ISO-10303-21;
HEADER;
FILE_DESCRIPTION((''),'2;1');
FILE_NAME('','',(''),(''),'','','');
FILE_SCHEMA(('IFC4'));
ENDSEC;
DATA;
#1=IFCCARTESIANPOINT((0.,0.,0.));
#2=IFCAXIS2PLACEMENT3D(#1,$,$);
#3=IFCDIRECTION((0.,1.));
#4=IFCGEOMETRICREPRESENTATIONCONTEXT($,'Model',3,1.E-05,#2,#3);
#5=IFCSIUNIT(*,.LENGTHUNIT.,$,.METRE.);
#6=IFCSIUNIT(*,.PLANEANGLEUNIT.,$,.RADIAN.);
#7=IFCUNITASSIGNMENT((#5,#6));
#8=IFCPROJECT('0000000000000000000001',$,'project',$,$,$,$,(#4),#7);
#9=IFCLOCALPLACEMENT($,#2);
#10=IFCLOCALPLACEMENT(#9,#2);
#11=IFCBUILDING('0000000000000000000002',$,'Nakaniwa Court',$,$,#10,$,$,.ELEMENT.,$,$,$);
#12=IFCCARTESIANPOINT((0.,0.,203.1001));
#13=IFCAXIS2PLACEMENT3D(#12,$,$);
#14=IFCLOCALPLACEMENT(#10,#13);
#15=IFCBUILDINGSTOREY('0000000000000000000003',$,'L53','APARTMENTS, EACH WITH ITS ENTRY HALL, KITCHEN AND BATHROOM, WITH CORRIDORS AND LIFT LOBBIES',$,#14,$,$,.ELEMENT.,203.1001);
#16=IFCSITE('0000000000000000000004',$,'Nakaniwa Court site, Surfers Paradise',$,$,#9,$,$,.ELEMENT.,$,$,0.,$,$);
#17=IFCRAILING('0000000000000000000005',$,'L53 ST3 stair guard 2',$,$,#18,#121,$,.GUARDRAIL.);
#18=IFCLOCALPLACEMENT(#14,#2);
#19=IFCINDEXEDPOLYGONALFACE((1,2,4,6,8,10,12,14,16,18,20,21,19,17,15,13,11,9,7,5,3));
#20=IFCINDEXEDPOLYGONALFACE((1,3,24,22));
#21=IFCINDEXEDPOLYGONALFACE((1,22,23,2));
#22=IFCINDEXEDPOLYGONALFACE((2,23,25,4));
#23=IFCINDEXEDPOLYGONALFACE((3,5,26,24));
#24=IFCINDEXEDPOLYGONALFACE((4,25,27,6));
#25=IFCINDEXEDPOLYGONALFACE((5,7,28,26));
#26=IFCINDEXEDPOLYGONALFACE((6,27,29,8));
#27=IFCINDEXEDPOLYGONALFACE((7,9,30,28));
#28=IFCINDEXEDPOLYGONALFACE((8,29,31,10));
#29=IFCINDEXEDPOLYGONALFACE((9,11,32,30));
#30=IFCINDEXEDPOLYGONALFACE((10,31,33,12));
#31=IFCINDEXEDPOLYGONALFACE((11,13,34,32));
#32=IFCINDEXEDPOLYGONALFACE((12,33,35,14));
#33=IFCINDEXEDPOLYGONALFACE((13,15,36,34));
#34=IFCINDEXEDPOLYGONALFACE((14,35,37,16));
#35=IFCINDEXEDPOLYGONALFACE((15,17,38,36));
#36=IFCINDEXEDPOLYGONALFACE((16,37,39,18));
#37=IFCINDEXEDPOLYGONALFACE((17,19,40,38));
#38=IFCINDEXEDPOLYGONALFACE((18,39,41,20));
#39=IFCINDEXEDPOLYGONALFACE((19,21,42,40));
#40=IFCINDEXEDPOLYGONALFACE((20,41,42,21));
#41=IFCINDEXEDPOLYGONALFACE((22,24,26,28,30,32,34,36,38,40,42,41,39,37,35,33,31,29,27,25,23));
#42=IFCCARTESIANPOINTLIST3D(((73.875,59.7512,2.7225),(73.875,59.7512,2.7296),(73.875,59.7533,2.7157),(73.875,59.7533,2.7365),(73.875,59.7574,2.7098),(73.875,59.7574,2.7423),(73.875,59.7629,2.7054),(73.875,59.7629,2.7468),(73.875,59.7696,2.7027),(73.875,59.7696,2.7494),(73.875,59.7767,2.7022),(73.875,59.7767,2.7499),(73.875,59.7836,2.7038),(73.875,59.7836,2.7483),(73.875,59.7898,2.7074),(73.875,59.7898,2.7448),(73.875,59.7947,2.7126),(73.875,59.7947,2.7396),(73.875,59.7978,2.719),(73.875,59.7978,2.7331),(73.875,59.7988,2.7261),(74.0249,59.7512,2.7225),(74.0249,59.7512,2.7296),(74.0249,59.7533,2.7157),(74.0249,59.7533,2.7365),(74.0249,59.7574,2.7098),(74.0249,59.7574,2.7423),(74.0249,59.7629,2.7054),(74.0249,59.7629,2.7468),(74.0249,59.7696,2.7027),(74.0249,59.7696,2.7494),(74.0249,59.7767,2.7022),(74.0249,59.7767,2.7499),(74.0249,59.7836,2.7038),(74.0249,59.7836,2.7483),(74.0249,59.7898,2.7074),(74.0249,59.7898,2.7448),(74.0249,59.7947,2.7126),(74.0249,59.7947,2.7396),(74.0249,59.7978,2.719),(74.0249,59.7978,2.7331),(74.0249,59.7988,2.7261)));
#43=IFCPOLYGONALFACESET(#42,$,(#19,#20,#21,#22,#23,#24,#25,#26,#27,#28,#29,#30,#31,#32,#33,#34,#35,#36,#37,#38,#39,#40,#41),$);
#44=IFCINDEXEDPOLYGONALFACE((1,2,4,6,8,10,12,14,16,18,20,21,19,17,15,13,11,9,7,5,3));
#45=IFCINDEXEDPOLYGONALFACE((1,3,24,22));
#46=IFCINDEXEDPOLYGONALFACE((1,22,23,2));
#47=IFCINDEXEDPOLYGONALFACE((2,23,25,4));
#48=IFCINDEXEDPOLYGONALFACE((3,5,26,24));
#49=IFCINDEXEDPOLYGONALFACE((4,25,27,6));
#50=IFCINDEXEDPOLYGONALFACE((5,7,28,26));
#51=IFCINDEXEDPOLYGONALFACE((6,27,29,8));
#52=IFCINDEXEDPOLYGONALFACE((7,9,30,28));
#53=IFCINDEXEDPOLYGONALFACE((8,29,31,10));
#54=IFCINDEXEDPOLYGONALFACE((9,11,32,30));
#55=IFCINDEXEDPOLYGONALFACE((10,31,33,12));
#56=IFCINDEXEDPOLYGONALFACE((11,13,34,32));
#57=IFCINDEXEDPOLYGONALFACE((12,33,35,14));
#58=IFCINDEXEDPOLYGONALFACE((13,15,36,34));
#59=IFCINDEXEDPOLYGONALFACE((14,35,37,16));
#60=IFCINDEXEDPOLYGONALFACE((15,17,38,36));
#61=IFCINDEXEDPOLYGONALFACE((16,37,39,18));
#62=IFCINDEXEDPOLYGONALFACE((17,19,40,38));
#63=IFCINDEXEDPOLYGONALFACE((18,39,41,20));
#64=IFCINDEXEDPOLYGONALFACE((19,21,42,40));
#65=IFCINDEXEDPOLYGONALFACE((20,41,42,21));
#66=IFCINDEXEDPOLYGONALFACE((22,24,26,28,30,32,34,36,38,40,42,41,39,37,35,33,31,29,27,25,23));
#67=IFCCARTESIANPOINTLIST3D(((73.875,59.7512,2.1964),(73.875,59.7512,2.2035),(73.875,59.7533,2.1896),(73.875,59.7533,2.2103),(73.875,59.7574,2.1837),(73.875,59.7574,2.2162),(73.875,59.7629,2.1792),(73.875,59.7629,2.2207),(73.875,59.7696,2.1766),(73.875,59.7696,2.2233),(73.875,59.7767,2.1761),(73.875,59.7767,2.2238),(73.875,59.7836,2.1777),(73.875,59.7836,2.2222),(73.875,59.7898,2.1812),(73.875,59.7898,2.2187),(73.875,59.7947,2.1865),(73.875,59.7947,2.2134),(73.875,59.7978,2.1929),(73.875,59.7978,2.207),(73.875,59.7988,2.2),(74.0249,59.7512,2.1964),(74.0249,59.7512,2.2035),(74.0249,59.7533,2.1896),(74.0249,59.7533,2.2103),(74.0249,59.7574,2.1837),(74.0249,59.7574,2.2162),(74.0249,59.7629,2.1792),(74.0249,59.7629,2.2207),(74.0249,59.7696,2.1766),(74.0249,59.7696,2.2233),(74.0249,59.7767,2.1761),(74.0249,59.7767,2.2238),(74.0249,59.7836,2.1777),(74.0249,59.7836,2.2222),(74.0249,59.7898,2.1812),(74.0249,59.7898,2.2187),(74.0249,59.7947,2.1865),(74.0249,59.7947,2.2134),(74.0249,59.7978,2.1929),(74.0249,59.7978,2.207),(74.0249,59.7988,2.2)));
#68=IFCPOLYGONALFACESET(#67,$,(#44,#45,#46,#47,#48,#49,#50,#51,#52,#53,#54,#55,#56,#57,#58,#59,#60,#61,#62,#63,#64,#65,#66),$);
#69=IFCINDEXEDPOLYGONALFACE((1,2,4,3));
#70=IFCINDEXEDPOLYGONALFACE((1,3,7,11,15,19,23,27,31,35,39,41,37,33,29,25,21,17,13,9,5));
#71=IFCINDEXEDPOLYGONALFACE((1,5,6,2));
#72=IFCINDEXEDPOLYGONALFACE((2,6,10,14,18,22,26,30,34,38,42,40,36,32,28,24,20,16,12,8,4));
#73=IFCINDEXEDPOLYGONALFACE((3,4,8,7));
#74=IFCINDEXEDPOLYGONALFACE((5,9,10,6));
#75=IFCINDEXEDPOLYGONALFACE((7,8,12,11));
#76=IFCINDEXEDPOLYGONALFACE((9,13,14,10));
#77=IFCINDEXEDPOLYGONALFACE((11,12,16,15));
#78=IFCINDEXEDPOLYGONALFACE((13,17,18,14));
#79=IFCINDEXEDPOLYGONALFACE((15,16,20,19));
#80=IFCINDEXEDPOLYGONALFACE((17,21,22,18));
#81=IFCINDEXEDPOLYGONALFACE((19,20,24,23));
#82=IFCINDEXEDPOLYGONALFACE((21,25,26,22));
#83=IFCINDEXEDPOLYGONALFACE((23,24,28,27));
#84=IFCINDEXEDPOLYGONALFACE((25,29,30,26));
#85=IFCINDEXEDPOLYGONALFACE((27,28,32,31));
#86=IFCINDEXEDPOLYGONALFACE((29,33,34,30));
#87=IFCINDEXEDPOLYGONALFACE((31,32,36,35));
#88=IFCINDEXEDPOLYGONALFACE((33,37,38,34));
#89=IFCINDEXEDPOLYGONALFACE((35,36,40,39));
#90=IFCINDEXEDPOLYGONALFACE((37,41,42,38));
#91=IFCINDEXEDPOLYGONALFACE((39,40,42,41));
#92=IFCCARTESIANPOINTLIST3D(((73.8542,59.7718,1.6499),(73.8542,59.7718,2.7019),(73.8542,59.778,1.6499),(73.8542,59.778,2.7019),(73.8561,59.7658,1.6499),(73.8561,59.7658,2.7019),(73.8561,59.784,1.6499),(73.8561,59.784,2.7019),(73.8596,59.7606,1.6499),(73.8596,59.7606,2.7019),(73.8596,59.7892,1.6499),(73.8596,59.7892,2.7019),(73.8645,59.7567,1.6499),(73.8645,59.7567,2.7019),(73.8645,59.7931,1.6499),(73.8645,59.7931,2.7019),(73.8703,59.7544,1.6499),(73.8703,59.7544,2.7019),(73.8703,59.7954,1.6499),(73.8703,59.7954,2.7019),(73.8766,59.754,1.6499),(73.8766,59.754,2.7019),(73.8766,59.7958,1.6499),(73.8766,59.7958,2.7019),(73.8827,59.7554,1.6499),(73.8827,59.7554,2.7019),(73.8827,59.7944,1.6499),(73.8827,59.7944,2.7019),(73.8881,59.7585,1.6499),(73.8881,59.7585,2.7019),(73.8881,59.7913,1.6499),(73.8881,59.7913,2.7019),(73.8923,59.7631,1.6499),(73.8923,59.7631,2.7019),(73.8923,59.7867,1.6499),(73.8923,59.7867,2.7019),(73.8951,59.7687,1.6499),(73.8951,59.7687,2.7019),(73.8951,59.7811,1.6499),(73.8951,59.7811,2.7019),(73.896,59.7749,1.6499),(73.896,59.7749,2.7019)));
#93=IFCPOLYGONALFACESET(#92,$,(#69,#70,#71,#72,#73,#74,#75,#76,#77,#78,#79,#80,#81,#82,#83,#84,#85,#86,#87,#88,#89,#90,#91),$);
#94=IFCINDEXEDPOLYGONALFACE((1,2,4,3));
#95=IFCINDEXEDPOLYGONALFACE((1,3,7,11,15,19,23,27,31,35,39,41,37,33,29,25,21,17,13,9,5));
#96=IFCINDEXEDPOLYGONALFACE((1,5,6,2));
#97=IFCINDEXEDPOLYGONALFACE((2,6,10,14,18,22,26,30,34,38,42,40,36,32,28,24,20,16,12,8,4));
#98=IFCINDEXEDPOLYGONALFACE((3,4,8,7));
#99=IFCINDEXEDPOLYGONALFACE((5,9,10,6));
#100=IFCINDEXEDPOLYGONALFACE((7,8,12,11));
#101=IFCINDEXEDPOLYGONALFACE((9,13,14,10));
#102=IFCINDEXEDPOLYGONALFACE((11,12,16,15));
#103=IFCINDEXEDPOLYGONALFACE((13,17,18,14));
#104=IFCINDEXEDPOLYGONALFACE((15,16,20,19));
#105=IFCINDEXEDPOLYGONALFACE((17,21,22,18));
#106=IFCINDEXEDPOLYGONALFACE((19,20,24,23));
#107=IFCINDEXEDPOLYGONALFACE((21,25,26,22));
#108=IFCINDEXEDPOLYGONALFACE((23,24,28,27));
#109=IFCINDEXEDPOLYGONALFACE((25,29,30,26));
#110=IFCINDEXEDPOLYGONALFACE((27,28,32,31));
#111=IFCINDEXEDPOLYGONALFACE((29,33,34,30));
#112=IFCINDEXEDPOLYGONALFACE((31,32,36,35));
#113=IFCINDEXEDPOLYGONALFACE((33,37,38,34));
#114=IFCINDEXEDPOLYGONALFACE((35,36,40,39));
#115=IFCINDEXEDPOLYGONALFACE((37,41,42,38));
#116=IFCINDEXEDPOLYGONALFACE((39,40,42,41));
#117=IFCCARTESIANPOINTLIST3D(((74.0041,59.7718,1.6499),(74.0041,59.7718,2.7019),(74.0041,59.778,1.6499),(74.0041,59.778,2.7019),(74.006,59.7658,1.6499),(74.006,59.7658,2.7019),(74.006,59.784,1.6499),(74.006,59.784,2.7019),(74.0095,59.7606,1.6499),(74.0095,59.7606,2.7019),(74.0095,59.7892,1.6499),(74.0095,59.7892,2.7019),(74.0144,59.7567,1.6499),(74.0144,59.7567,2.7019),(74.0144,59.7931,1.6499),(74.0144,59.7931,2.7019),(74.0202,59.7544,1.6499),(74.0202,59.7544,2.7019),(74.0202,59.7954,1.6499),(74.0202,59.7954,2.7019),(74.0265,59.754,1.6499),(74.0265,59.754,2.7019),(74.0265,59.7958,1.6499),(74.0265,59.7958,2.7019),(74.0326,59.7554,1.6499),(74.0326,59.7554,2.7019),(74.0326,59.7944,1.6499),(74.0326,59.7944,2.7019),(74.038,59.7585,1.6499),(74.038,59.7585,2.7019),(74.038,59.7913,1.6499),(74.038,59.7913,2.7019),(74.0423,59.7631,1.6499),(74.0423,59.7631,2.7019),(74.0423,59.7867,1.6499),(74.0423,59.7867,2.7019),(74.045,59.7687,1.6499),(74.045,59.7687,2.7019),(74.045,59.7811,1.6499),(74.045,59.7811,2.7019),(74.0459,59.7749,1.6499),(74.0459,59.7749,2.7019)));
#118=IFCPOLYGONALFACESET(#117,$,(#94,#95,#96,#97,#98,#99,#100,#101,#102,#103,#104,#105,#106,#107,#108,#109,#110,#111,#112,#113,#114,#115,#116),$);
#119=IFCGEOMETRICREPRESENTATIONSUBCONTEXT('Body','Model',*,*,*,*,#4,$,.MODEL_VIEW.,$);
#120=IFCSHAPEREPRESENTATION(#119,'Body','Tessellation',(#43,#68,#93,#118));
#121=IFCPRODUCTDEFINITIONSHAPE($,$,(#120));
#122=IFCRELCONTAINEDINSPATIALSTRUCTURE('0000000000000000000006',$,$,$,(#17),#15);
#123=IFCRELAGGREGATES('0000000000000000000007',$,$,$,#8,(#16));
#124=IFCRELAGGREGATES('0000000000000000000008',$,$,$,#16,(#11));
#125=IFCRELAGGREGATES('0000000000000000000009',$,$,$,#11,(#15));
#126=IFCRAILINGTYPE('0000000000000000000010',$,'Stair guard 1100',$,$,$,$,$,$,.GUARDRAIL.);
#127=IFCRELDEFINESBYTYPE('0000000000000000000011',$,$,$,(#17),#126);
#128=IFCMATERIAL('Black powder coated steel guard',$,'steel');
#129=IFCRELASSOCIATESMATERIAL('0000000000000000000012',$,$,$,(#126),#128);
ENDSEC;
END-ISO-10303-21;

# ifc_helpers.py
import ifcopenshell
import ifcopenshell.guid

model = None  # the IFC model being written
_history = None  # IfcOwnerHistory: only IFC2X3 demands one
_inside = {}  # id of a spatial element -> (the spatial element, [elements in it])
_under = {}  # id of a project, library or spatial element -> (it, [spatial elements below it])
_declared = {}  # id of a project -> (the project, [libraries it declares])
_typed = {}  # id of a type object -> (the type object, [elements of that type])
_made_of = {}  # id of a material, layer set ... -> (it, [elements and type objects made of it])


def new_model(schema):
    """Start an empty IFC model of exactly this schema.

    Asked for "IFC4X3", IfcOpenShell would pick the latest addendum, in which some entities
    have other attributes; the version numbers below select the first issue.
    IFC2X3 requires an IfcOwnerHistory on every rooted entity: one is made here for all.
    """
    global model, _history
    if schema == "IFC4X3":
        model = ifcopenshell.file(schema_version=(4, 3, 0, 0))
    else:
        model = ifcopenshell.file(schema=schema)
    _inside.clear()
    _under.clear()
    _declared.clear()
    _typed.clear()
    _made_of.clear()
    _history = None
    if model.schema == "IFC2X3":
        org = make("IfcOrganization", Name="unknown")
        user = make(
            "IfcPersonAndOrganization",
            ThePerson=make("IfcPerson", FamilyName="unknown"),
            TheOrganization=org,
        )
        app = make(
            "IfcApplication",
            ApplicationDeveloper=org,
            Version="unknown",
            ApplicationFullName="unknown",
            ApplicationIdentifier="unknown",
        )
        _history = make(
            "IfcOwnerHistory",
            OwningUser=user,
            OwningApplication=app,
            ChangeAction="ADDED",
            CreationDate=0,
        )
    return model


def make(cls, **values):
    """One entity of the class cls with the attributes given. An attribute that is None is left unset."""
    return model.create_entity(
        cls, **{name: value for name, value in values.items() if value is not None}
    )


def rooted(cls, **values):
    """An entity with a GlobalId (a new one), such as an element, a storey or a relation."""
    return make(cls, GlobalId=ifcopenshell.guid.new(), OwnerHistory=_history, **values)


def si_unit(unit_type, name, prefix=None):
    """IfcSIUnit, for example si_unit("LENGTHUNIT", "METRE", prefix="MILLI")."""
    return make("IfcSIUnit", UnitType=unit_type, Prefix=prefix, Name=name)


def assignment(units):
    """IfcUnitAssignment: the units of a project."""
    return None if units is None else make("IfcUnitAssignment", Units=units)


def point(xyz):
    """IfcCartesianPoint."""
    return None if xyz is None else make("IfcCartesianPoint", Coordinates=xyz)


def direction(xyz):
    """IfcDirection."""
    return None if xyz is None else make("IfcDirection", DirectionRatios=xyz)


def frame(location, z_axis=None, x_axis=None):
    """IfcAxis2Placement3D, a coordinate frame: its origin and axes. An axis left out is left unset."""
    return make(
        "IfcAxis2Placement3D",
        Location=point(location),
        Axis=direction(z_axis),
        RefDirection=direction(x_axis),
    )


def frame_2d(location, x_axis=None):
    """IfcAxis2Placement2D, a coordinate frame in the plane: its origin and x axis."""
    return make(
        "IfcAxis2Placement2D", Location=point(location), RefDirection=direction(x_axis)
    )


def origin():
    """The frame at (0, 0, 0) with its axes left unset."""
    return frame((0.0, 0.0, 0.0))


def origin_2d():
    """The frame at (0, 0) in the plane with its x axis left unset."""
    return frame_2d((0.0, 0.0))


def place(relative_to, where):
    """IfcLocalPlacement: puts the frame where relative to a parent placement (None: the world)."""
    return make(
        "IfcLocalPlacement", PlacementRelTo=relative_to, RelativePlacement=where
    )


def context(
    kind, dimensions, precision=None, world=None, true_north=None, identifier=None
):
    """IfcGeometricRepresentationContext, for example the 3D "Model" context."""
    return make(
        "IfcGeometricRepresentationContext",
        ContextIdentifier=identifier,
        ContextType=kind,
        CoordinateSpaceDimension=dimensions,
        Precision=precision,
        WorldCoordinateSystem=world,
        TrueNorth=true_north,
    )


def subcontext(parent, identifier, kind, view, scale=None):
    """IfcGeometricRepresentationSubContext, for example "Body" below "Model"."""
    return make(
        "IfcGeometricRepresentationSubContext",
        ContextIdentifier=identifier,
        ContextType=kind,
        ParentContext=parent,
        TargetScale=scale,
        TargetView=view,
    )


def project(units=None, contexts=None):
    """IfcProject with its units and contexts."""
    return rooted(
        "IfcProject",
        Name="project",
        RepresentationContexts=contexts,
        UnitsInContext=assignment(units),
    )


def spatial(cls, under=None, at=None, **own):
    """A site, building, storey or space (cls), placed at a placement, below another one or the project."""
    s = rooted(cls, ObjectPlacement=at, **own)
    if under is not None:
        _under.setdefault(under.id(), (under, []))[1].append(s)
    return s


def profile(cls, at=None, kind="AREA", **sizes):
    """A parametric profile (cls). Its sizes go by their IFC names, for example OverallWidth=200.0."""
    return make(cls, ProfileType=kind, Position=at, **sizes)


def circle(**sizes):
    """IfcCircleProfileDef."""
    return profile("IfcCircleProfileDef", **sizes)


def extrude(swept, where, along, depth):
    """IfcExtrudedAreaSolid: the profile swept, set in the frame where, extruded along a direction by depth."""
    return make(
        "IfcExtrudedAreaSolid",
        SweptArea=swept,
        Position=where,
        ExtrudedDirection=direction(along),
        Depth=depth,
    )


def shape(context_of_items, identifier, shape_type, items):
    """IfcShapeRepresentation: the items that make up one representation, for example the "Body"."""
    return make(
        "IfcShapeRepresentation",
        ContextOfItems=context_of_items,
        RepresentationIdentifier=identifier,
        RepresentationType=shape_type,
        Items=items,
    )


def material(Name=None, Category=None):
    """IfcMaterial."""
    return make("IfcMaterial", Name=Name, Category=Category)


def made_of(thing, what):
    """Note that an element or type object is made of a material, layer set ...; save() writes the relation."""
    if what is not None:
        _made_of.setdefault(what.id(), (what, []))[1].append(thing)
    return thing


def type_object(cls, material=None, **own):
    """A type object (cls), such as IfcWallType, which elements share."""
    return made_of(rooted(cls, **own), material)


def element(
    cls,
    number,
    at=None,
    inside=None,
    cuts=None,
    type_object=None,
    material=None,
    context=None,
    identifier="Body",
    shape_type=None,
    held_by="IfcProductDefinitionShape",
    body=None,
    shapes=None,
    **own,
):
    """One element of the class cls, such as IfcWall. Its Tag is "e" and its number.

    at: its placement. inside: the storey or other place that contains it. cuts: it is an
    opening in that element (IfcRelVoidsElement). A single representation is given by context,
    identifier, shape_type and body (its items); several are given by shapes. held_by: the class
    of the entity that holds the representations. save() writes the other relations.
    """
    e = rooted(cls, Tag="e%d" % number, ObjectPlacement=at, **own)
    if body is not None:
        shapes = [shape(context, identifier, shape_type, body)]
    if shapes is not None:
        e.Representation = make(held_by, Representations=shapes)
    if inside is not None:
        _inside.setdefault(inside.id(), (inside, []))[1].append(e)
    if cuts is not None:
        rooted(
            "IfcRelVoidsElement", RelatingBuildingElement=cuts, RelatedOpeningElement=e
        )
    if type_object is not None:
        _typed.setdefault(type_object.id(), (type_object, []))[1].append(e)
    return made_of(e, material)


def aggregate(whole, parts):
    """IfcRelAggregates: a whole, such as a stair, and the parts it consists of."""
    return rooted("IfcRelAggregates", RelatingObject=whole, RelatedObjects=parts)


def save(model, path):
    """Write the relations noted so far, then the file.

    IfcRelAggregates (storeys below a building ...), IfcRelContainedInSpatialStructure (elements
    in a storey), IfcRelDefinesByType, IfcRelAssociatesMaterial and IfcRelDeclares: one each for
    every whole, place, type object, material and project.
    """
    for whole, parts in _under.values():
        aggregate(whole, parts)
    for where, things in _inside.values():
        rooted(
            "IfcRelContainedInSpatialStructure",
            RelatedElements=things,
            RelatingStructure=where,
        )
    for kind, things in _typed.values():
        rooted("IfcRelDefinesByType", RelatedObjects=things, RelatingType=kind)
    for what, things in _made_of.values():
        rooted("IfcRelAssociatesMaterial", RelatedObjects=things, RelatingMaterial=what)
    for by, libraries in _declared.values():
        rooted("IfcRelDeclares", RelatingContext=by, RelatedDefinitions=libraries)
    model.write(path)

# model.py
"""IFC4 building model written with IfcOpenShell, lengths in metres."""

from ifc_helpers import new_model, si_unit, direction, frame, origin, origin_2d, place, context, subcontext, project, spatial, circle, extrude, material, type_object, element, save


model = new_model("IFC4")

# Units and contexts
model_context = context("Model", 3, precision=1e-05, world=origin(), true_north=direction((0.0, 1.0)))
body_context = subcontext(model_context, "Body", "Model", "MODEL_VIEW")
ifc_project = project(units=[si_unit("LENGTHUNIT", "METRE"), si_unit("PLANEANGLEUNIT", "RADIAN")], contexts=[model_context])

# Site, building, storey
site_placement = place(None, origin())
site = spatial("IfcSite", under=ifc_project, at=site_placement, Name="Nakaniwa Court site, Surfers Paradise", CompositionType="ELEMENT", RefElevation=0.0)
building_placement = place(site_placement, origin())
building = spatial("IfcBuilding", under=site, at=building_placement, Name="Nakaniwa Court", CompositionType="ELEMENT")
storey_placement = place(building_placement, frame((0.0, 0.0, 203.1001)))
storey = spatial("IfcBuildingStorey", under=building, at=storey_placement, Name="L53", Description="APARTMENTS, EACH WITH ITS ENTRY HALL, KITCHEN AND BATHROOM, WITH CORRIDORS AND LIFT LOBBIES", CompositionType="ELEMENT", Elevation=203.1001)

# Railing
ifc_material_1 = material(Name="Black powder coated steel guard", Category="steel")
railing_type_1 = type_object("IfcRailingType", Name="Stair guard 1100", PredefinedType="GUARDRAIL", material=ifc_material_1)
railing_1_placement = place(storey_placement, frame((73.875, 59.7749, 1.6499)))
element("IfcRailing", 1, at=railing_1_placement, inside=storey, type_object=railing_type_1, Name="L53 ST3 stair guard 2", PredefinedType="GUARDRAIL", context=body_context, shape_type="SweptSolid", body=[
    extrude(circle(Radius=0.0239, at=origin_2d()), frame((0.0, 0.0, 1.0762), z_axis=(1.0, 0.0, 0.0), x_axis=(0.0, 1.0, 0.0)), (0.0, 0.0, 1.0), 0.1499),
    extrude(circle(Radius=0.0239, at=origin_2d()), frame((0.0, 0.0, 0.55), z_axis=(1.0, 0.0, 0.0), x_axis=(0.0, 1.0, 0.0)), (0.0, 0.0, 1.0), 0.1499),
    extrude(circle(Radius=0.021, at=origin_2d()), origin(), (0.0, 0.0, 1.0), 1.052),
    extrude(circle(Radius=0.021, at=origin_2d()), frame((0.1499, 0.0, 0.0)), (0.0, 0.0, 1.0), 1.052),
])

save(model, "model.ifc")
